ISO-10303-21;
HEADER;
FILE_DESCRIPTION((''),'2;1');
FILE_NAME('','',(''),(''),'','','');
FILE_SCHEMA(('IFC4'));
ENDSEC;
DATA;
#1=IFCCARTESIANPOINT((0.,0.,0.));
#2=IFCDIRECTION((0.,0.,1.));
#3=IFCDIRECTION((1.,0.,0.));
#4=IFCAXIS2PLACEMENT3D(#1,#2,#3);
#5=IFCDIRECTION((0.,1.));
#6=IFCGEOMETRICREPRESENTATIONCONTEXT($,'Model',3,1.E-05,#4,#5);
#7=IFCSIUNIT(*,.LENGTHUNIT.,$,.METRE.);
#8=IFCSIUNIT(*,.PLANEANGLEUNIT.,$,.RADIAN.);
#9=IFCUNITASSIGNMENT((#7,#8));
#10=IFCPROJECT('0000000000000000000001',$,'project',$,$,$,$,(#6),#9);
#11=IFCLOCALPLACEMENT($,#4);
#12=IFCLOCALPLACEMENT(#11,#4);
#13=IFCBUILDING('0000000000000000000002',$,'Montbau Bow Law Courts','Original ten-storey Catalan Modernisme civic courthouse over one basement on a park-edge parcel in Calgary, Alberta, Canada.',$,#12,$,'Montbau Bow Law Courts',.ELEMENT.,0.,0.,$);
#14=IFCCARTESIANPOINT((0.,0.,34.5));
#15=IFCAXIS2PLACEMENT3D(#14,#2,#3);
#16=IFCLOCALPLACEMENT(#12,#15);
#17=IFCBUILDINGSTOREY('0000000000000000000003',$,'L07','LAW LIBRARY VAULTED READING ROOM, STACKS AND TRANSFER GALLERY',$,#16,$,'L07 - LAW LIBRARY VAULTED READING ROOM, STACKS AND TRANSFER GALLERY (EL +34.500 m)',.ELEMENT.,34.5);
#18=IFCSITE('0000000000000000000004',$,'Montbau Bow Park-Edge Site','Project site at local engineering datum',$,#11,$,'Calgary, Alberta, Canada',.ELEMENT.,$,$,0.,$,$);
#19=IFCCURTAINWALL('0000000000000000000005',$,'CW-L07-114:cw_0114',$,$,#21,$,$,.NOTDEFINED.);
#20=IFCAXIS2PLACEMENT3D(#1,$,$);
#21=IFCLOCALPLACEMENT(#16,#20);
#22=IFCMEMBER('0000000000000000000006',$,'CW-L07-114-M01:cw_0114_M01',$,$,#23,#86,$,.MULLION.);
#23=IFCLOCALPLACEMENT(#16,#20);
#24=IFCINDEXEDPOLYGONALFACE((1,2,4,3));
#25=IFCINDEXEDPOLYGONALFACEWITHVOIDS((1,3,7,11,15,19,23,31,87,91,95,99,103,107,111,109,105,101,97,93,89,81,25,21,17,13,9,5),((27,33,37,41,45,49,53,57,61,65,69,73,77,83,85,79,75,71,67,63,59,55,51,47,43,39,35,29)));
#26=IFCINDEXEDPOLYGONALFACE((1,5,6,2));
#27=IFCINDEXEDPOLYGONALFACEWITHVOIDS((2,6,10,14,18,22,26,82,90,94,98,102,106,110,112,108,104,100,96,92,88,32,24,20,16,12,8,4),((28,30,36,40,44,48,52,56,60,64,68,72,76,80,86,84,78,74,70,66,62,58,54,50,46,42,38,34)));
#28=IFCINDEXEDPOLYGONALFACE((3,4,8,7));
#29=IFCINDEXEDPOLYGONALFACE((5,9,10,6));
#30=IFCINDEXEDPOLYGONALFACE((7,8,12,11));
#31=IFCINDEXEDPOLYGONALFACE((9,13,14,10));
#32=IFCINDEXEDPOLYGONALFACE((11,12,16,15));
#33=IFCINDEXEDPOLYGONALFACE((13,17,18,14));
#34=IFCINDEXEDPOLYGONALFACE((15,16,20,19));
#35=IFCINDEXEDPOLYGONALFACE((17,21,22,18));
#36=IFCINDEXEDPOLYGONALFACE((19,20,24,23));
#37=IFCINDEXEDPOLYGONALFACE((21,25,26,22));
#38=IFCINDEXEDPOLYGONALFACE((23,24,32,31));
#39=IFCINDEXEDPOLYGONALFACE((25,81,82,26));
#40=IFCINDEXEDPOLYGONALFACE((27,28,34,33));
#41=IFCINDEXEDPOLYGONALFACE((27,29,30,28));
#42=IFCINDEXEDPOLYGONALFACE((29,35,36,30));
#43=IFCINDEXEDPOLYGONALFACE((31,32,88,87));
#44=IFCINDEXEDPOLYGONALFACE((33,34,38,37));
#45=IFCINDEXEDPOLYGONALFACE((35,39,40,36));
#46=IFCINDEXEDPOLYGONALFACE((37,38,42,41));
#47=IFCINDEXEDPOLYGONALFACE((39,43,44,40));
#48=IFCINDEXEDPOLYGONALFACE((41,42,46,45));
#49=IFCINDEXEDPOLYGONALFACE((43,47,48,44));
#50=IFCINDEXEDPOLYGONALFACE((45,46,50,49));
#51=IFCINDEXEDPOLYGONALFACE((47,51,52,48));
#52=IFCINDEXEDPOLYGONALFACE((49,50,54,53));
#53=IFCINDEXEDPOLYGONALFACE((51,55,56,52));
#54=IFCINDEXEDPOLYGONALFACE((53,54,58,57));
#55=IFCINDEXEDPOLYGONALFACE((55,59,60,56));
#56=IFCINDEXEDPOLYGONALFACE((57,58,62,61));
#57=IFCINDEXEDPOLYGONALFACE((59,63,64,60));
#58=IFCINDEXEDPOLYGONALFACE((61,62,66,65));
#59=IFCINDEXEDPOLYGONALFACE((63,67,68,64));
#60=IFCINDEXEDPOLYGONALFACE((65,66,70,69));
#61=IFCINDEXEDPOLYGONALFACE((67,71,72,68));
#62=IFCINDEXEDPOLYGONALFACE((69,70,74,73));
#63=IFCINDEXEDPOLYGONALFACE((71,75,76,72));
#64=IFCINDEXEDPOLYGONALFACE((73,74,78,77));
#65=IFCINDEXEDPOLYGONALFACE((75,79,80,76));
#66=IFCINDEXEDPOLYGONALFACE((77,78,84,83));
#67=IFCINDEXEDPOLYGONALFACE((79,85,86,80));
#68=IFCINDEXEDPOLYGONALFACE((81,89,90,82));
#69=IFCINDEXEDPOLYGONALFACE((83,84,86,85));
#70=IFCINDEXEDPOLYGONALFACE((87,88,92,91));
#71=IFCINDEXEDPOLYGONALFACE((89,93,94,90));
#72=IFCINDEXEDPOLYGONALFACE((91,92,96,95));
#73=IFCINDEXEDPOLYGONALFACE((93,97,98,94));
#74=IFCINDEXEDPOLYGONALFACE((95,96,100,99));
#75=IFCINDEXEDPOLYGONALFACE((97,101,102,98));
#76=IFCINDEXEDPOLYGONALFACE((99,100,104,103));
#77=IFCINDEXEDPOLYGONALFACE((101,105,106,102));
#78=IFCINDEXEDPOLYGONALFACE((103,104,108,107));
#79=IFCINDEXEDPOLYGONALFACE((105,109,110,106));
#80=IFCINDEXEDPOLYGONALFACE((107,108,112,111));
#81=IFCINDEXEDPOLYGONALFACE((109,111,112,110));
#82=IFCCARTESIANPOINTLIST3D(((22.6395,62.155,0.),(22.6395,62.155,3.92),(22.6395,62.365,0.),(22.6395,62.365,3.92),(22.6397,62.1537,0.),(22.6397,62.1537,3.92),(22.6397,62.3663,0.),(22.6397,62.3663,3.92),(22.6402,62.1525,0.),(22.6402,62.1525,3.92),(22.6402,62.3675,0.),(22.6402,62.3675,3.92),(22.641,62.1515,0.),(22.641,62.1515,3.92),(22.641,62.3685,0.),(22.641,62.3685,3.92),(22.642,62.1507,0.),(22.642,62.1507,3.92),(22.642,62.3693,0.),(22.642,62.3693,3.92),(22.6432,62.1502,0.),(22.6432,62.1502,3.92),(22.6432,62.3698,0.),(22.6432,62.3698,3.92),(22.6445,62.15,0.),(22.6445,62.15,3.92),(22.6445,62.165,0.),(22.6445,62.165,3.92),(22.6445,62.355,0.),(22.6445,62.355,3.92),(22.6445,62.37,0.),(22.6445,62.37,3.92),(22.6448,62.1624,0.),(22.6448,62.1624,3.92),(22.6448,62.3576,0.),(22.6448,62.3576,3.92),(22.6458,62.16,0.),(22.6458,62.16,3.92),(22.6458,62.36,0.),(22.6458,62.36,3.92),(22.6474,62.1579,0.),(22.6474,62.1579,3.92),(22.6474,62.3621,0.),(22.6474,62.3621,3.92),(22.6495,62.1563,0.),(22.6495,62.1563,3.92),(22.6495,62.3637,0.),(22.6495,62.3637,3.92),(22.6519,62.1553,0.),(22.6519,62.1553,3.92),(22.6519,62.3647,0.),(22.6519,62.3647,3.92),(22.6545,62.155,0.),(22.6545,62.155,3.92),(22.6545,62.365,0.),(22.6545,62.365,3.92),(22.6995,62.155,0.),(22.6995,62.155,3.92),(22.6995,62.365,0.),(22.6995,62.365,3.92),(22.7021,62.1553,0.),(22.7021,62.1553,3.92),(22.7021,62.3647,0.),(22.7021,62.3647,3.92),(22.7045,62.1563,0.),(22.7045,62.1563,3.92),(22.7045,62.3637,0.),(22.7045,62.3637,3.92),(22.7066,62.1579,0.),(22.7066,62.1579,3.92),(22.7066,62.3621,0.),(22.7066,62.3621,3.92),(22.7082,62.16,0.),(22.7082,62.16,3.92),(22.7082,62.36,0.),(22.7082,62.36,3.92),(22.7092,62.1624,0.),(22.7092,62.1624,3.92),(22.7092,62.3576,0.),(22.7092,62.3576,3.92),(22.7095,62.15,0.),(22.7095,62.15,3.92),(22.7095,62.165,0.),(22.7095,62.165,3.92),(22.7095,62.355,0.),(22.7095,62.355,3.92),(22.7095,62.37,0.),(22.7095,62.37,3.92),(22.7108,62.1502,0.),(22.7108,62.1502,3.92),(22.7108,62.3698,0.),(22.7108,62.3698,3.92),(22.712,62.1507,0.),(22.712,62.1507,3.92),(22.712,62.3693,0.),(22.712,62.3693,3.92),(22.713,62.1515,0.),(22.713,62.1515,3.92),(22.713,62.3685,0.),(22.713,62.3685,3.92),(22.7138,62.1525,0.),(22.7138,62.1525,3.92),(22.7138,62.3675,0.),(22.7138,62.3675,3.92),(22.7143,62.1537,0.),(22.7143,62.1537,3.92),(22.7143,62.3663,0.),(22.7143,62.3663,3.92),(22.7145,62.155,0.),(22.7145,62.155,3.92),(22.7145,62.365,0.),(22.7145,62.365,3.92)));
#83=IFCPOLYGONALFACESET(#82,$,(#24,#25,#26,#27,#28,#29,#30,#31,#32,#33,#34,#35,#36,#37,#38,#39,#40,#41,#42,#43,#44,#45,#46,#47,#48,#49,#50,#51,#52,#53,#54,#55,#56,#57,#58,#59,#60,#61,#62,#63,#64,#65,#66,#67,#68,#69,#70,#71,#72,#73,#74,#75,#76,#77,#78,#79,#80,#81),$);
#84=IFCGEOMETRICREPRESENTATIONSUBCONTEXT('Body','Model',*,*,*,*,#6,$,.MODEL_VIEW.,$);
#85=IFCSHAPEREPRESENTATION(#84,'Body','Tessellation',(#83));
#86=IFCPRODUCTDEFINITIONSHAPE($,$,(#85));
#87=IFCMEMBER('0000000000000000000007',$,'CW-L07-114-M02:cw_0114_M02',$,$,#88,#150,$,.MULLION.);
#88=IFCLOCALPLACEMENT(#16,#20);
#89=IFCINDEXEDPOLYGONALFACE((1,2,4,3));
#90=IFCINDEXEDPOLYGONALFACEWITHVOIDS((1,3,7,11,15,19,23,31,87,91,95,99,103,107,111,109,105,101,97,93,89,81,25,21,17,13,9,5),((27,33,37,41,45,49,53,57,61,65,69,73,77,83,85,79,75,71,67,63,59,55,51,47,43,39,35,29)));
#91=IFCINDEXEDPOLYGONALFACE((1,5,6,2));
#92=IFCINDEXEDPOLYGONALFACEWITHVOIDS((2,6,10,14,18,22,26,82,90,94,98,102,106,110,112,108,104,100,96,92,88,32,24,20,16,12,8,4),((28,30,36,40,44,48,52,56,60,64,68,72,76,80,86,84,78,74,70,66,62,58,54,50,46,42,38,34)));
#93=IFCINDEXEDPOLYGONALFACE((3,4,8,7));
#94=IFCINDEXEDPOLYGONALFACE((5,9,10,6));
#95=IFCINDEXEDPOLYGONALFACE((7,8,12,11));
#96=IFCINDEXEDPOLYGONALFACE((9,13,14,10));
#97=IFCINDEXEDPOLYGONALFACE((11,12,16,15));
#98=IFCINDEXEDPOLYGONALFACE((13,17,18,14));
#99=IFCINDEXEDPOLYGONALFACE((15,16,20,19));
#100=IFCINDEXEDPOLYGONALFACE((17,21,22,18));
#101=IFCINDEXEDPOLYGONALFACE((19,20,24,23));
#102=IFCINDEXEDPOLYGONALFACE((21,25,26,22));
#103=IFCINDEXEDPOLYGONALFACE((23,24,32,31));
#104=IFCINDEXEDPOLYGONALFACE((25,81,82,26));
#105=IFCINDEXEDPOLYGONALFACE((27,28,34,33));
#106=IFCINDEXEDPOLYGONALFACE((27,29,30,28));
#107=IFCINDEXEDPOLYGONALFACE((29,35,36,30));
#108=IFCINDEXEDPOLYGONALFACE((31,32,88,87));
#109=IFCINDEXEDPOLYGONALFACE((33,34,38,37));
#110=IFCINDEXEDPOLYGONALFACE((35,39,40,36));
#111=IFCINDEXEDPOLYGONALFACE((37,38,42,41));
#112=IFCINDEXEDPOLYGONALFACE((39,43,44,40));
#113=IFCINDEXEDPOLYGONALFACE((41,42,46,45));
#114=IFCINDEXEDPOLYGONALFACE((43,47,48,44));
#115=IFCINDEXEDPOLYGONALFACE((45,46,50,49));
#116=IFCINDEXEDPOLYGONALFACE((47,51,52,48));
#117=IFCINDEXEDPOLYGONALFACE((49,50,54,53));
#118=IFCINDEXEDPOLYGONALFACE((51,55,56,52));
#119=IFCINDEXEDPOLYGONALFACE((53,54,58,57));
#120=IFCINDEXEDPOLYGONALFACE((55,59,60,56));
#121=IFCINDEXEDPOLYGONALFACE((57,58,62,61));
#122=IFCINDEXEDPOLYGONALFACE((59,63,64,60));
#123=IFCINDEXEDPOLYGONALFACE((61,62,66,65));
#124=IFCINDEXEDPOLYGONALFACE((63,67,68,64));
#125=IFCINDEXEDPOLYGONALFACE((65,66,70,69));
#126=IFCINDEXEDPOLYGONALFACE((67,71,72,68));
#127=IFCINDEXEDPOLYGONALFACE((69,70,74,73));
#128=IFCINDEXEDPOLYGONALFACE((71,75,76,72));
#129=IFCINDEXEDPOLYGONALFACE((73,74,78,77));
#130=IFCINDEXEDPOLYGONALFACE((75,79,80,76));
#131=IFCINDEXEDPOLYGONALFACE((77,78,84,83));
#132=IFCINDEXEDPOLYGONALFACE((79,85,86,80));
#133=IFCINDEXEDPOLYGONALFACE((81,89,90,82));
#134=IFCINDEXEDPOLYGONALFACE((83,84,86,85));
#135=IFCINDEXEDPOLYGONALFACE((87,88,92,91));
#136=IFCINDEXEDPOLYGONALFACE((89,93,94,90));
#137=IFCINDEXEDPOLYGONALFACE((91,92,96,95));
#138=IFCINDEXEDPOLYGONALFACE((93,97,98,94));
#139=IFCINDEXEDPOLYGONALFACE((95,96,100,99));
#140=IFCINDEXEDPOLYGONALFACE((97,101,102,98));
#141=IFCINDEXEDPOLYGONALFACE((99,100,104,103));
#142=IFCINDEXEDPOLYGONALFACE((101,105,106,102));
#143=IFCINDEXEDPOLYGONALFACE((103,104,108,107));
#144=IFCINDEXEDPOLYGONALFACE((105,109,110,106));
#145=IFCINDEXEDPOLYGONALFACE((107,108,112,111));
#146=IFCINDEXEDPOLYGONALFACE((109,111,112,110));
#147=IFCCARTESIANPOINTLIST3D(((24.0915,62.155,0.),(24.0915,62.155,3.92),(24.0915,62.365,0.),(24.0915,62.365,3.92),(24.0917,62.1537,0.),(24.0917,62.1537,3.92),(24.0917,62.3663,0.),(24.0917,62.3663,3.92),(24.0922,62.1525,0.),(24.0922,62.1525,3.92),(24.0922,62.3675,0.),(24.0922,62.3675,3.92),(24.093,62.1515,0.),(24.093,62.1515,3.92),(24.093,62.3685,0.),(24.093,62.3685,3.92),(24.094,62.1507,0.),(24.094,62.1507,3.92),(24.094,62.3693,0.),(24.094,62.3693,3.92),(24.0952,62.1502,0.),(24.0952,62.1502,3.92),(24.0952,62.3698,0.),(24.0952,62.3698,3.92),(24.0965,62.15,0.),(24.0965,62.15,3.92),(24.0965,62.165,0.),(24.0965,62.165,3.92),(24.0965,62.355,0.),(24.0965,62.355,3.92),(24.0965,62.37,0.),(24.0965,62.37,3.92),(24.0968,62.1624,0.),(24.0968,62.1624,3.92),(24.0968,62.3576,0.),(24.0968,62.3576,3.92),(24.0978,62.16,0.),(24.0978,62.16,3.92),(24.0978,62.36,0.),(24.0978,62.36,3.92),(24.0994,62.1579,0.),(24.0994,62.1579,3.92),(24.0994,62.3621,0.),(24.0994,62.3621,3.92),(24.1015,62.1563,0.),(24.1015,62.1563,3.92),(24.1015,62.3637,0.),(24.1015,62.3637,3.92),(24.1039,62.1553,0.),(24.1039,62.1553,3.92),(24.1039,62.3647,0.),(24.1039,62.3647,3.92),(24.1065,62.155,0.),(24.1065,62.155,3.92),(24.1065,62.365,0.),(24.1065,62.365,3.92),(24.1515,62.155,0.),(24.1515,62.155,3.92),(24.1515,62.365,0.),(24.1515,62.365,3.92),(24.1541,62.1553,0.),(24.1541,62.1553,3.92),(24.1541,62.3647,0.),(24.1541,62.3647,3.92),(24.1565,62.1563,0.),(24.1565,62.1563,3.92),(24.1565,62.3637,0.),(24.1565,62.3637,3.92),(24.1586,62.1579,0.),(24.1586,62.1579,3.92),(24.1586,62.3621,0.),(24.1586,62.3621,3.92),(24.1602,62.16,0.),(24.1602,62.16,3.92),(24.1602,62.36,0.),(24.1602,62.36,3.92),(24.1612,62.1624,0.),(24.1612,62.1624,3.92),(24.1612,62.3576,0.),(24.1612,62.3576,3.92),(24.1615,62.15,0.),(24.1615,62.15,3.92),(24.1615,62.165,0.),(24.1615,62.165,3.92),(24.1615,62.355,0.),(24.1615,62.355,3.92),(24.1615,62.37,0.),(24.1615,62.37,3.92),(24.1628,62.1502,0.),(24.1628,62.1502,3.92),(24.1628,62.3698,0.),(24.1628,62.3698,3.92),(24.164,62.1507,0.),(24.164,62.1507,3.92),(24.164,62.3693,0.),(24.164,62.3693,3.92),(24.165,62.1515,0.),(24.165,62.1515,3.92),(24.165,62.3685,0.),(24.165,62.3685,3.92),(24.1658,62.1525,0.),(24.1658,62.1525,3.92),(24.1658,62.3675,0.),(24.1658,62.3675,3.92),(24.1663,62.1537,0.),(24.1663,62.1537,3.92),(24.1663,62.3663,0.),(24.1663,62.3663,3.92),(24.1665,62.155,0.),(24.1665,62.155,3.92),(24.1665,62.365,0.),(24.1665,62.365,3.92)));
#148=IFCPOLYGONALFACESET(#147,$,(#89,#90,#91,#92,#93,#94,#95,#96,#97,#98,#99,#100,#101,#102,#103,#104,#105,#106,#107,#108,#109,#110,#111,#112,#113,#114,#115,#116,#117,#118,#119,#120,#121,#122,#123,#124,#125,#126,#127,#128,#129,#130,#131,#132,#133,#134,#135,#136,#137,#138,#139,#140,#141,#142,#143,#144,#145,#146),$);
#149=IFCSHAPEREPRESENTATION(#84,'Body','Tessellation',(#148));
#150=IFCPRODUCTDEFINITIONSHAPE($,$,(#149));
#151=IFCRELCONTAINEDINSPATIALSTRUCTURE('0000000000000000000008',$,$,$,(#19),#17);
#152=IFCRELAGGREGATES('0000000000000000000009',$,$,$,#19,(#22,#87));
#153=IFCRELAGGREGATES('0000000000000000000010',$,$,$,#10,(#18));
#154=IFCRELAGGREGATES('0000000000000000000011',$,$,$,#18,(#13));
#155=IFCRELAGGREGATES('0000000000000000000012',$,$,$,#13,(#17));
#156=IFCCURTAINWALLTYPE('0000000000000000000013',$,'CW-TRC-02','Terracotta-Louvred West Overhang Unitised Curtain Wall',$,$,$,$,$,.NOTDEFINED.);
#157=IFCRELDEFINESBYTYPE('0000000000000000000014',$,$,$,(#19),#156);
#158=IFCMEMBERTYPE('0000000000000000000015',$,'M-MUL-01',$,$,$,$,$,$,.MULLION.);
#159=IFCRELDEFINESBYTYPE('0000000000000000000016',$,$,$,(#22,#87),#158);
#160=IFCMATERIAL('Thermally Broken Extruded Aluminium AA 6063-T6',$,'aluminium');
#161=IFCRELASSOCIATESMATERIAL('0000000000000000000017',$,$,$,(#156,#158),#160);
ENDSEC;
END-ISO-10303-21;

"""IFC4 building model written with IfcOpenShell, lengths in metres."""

from ifc_helpers import new_model, si_unit, direction, frame, origin_with_axes, origin_2d_with_axis, place, context, subcontext, project, spatial, hollow_rectangle, extrude, material, material_profile, profile_set, type_object, element, aggregate, save


model = new_model("IFC4")

# Units and contexts
model_context = context("Model", 3, precision=1e-05, world=origin_with_axes(), true_north=direction((0.0, 1.0)))
body_context = subcontext(model_context, "Body", "Model", "MODEL_VIEW")
ifc_project = project(units=[si_unit("LENGTHUNIT", "METRE"), si_unit("PLANEANGLEUNIT", "RADIAN")], contexts=[model_context])

# Site, building, storey
site_placement = place(None, origin_with_axes())
site = spatial("IfcSite", under=ifc_project, at=site_placement, Name="Montbau Bow Park-Edge Site", Description="Project site at local engineering datum", LongName="Calgary, Alberta, Canada", CompositionType="ELEMENT", RefElevation=0.0)
building_placement = place(site_placement, origin_with_axes())
building = spatial("IfcBuilding", under=site, at=building_placement, Name="Montbau Bow Law Courts", Description="Original ten-storey Catalan Modernisme civic courthouse over one basement on a park-edge parcel in Calgary, Alberta, Canada.", LongName="Montbau Bow Law Courts", CompositionType="ELEMENT", ElevationOfRefHeight=0.0, ElevationOfTerrain=0.0)
storey_placement = place(building_placement, frame((0.0, 0.0, 34.5), z_axis=(0.0, 0.0, 1.0), x_axis=(1.0, 0.0, 0.0)))
storey = spatial("IfcBuildingStorey", under=building, at=storey_placement, Name="L07", Description="LAW LIBRARY VAULTED READING ROOM, STACKS AND TRANSFER GALLERY", LongName="L07 - LAW LIBRARY VAULTED READING ROOM, STACKS AND TRANSFER GALLERY (EL +34.500 m)", CompositionType="ELEMENT", Elevation=34.5)

# Curtain wall, members
ifc_material_1 = material(Name="Thermally Broken Extruded Aluminium AA 6063-T6", Category="aluminium")
curtain_wall_type = type_object("IfcCurtainWallType", Name="CW-TRC-02", Description="Terracotta-Louvred West Overhang Unitised Curtain Wall", PredefinedType="NOTDEFINED", material=ifc_material_1)
curtain_wall_placement = place(None, frame((22.64, 62.26, 34.5), z_axis=(0.0, 0.0, 1.0), x_axis=(1.0, 0.0, 0.0)))
curtain_wall = element("IfcCurtainWall", 1, at=curtain_wall_placement, inside=storey, type_object=curtain_wall_type, Name="CW-L07-114:cw_0114", PredefinedType="NOTDEFINED")
ifc_material_profile_1 = material_profile(ifc_material_1, hollow_rectangle(XDim=0.075, YDim=0.22, WallThickness=0.005, InnerFilletRadius=0.01, OuterFilletRadius=0.005, at=origin_2d_with_axis()), Name="CWM-220X75", Category="Main", Priority=0)
ifc_profile_set_1 = profile_set([ifc_material_profile_1], Name="Thermally Broken Extruded Aluminium AA 6063-T6")
member_type_1 = type_object("IfcMemberType", Name="M-MUL-01", PredefinedType="MULLION", material=ifc_profile_set_1)
member_1_placement = place(None, frame((22.677, 62.26, 34.5), z_axis=(0.0, 0.0, 1.0), x_axis=(1.0, 0.0, 0.0)))
member_1 = element("IfcMember", 2, at=member_1_placement, type_object=member_type_1, Name="CW-L07-114-M01:cw_0114_M01", PredefinedType="MULLION", context=body_context, shape_type="SweptSolid", body=[
    extrude(hollow_rectangle(XDim=0.075, YDim=0.22, WallThickness=0.005, InnerFilletRadius=0.01, OuterFilletRadius=0.005, at=origin_2d_with_axis()), origin_with_axes(), (0.0, 0.0, 1.0), 3.92),
])
member_2_placement = place(None, frame((24.129, 62.26, 34.5), z_axis=(0.0, 0.0, 1.0), x_axis=(1.0, 0.0, 0.0)))
member_2 = element("IfcMember", 3, at=member_2_placement, type_object=member_type_1, Name="CW-L07-114-M02:cw_0114_M02", PredefinedType="MULLION", context=body_context, shape_type="SweptSolid", body=[
    extrude(hollow_rectangle(XDim=0.075, YDim=0.22, WallThickness=0.005, InnerFilletRadius=0.01, OuterFilletRadius=0.005, at=origin_2d_with_axis()), origin_with_axes(), (0.0, 0.0, 1.0), 3.92),
])
aggregate(curtain_wall, [member_1, member_2])

save(model, "model.ifc")
